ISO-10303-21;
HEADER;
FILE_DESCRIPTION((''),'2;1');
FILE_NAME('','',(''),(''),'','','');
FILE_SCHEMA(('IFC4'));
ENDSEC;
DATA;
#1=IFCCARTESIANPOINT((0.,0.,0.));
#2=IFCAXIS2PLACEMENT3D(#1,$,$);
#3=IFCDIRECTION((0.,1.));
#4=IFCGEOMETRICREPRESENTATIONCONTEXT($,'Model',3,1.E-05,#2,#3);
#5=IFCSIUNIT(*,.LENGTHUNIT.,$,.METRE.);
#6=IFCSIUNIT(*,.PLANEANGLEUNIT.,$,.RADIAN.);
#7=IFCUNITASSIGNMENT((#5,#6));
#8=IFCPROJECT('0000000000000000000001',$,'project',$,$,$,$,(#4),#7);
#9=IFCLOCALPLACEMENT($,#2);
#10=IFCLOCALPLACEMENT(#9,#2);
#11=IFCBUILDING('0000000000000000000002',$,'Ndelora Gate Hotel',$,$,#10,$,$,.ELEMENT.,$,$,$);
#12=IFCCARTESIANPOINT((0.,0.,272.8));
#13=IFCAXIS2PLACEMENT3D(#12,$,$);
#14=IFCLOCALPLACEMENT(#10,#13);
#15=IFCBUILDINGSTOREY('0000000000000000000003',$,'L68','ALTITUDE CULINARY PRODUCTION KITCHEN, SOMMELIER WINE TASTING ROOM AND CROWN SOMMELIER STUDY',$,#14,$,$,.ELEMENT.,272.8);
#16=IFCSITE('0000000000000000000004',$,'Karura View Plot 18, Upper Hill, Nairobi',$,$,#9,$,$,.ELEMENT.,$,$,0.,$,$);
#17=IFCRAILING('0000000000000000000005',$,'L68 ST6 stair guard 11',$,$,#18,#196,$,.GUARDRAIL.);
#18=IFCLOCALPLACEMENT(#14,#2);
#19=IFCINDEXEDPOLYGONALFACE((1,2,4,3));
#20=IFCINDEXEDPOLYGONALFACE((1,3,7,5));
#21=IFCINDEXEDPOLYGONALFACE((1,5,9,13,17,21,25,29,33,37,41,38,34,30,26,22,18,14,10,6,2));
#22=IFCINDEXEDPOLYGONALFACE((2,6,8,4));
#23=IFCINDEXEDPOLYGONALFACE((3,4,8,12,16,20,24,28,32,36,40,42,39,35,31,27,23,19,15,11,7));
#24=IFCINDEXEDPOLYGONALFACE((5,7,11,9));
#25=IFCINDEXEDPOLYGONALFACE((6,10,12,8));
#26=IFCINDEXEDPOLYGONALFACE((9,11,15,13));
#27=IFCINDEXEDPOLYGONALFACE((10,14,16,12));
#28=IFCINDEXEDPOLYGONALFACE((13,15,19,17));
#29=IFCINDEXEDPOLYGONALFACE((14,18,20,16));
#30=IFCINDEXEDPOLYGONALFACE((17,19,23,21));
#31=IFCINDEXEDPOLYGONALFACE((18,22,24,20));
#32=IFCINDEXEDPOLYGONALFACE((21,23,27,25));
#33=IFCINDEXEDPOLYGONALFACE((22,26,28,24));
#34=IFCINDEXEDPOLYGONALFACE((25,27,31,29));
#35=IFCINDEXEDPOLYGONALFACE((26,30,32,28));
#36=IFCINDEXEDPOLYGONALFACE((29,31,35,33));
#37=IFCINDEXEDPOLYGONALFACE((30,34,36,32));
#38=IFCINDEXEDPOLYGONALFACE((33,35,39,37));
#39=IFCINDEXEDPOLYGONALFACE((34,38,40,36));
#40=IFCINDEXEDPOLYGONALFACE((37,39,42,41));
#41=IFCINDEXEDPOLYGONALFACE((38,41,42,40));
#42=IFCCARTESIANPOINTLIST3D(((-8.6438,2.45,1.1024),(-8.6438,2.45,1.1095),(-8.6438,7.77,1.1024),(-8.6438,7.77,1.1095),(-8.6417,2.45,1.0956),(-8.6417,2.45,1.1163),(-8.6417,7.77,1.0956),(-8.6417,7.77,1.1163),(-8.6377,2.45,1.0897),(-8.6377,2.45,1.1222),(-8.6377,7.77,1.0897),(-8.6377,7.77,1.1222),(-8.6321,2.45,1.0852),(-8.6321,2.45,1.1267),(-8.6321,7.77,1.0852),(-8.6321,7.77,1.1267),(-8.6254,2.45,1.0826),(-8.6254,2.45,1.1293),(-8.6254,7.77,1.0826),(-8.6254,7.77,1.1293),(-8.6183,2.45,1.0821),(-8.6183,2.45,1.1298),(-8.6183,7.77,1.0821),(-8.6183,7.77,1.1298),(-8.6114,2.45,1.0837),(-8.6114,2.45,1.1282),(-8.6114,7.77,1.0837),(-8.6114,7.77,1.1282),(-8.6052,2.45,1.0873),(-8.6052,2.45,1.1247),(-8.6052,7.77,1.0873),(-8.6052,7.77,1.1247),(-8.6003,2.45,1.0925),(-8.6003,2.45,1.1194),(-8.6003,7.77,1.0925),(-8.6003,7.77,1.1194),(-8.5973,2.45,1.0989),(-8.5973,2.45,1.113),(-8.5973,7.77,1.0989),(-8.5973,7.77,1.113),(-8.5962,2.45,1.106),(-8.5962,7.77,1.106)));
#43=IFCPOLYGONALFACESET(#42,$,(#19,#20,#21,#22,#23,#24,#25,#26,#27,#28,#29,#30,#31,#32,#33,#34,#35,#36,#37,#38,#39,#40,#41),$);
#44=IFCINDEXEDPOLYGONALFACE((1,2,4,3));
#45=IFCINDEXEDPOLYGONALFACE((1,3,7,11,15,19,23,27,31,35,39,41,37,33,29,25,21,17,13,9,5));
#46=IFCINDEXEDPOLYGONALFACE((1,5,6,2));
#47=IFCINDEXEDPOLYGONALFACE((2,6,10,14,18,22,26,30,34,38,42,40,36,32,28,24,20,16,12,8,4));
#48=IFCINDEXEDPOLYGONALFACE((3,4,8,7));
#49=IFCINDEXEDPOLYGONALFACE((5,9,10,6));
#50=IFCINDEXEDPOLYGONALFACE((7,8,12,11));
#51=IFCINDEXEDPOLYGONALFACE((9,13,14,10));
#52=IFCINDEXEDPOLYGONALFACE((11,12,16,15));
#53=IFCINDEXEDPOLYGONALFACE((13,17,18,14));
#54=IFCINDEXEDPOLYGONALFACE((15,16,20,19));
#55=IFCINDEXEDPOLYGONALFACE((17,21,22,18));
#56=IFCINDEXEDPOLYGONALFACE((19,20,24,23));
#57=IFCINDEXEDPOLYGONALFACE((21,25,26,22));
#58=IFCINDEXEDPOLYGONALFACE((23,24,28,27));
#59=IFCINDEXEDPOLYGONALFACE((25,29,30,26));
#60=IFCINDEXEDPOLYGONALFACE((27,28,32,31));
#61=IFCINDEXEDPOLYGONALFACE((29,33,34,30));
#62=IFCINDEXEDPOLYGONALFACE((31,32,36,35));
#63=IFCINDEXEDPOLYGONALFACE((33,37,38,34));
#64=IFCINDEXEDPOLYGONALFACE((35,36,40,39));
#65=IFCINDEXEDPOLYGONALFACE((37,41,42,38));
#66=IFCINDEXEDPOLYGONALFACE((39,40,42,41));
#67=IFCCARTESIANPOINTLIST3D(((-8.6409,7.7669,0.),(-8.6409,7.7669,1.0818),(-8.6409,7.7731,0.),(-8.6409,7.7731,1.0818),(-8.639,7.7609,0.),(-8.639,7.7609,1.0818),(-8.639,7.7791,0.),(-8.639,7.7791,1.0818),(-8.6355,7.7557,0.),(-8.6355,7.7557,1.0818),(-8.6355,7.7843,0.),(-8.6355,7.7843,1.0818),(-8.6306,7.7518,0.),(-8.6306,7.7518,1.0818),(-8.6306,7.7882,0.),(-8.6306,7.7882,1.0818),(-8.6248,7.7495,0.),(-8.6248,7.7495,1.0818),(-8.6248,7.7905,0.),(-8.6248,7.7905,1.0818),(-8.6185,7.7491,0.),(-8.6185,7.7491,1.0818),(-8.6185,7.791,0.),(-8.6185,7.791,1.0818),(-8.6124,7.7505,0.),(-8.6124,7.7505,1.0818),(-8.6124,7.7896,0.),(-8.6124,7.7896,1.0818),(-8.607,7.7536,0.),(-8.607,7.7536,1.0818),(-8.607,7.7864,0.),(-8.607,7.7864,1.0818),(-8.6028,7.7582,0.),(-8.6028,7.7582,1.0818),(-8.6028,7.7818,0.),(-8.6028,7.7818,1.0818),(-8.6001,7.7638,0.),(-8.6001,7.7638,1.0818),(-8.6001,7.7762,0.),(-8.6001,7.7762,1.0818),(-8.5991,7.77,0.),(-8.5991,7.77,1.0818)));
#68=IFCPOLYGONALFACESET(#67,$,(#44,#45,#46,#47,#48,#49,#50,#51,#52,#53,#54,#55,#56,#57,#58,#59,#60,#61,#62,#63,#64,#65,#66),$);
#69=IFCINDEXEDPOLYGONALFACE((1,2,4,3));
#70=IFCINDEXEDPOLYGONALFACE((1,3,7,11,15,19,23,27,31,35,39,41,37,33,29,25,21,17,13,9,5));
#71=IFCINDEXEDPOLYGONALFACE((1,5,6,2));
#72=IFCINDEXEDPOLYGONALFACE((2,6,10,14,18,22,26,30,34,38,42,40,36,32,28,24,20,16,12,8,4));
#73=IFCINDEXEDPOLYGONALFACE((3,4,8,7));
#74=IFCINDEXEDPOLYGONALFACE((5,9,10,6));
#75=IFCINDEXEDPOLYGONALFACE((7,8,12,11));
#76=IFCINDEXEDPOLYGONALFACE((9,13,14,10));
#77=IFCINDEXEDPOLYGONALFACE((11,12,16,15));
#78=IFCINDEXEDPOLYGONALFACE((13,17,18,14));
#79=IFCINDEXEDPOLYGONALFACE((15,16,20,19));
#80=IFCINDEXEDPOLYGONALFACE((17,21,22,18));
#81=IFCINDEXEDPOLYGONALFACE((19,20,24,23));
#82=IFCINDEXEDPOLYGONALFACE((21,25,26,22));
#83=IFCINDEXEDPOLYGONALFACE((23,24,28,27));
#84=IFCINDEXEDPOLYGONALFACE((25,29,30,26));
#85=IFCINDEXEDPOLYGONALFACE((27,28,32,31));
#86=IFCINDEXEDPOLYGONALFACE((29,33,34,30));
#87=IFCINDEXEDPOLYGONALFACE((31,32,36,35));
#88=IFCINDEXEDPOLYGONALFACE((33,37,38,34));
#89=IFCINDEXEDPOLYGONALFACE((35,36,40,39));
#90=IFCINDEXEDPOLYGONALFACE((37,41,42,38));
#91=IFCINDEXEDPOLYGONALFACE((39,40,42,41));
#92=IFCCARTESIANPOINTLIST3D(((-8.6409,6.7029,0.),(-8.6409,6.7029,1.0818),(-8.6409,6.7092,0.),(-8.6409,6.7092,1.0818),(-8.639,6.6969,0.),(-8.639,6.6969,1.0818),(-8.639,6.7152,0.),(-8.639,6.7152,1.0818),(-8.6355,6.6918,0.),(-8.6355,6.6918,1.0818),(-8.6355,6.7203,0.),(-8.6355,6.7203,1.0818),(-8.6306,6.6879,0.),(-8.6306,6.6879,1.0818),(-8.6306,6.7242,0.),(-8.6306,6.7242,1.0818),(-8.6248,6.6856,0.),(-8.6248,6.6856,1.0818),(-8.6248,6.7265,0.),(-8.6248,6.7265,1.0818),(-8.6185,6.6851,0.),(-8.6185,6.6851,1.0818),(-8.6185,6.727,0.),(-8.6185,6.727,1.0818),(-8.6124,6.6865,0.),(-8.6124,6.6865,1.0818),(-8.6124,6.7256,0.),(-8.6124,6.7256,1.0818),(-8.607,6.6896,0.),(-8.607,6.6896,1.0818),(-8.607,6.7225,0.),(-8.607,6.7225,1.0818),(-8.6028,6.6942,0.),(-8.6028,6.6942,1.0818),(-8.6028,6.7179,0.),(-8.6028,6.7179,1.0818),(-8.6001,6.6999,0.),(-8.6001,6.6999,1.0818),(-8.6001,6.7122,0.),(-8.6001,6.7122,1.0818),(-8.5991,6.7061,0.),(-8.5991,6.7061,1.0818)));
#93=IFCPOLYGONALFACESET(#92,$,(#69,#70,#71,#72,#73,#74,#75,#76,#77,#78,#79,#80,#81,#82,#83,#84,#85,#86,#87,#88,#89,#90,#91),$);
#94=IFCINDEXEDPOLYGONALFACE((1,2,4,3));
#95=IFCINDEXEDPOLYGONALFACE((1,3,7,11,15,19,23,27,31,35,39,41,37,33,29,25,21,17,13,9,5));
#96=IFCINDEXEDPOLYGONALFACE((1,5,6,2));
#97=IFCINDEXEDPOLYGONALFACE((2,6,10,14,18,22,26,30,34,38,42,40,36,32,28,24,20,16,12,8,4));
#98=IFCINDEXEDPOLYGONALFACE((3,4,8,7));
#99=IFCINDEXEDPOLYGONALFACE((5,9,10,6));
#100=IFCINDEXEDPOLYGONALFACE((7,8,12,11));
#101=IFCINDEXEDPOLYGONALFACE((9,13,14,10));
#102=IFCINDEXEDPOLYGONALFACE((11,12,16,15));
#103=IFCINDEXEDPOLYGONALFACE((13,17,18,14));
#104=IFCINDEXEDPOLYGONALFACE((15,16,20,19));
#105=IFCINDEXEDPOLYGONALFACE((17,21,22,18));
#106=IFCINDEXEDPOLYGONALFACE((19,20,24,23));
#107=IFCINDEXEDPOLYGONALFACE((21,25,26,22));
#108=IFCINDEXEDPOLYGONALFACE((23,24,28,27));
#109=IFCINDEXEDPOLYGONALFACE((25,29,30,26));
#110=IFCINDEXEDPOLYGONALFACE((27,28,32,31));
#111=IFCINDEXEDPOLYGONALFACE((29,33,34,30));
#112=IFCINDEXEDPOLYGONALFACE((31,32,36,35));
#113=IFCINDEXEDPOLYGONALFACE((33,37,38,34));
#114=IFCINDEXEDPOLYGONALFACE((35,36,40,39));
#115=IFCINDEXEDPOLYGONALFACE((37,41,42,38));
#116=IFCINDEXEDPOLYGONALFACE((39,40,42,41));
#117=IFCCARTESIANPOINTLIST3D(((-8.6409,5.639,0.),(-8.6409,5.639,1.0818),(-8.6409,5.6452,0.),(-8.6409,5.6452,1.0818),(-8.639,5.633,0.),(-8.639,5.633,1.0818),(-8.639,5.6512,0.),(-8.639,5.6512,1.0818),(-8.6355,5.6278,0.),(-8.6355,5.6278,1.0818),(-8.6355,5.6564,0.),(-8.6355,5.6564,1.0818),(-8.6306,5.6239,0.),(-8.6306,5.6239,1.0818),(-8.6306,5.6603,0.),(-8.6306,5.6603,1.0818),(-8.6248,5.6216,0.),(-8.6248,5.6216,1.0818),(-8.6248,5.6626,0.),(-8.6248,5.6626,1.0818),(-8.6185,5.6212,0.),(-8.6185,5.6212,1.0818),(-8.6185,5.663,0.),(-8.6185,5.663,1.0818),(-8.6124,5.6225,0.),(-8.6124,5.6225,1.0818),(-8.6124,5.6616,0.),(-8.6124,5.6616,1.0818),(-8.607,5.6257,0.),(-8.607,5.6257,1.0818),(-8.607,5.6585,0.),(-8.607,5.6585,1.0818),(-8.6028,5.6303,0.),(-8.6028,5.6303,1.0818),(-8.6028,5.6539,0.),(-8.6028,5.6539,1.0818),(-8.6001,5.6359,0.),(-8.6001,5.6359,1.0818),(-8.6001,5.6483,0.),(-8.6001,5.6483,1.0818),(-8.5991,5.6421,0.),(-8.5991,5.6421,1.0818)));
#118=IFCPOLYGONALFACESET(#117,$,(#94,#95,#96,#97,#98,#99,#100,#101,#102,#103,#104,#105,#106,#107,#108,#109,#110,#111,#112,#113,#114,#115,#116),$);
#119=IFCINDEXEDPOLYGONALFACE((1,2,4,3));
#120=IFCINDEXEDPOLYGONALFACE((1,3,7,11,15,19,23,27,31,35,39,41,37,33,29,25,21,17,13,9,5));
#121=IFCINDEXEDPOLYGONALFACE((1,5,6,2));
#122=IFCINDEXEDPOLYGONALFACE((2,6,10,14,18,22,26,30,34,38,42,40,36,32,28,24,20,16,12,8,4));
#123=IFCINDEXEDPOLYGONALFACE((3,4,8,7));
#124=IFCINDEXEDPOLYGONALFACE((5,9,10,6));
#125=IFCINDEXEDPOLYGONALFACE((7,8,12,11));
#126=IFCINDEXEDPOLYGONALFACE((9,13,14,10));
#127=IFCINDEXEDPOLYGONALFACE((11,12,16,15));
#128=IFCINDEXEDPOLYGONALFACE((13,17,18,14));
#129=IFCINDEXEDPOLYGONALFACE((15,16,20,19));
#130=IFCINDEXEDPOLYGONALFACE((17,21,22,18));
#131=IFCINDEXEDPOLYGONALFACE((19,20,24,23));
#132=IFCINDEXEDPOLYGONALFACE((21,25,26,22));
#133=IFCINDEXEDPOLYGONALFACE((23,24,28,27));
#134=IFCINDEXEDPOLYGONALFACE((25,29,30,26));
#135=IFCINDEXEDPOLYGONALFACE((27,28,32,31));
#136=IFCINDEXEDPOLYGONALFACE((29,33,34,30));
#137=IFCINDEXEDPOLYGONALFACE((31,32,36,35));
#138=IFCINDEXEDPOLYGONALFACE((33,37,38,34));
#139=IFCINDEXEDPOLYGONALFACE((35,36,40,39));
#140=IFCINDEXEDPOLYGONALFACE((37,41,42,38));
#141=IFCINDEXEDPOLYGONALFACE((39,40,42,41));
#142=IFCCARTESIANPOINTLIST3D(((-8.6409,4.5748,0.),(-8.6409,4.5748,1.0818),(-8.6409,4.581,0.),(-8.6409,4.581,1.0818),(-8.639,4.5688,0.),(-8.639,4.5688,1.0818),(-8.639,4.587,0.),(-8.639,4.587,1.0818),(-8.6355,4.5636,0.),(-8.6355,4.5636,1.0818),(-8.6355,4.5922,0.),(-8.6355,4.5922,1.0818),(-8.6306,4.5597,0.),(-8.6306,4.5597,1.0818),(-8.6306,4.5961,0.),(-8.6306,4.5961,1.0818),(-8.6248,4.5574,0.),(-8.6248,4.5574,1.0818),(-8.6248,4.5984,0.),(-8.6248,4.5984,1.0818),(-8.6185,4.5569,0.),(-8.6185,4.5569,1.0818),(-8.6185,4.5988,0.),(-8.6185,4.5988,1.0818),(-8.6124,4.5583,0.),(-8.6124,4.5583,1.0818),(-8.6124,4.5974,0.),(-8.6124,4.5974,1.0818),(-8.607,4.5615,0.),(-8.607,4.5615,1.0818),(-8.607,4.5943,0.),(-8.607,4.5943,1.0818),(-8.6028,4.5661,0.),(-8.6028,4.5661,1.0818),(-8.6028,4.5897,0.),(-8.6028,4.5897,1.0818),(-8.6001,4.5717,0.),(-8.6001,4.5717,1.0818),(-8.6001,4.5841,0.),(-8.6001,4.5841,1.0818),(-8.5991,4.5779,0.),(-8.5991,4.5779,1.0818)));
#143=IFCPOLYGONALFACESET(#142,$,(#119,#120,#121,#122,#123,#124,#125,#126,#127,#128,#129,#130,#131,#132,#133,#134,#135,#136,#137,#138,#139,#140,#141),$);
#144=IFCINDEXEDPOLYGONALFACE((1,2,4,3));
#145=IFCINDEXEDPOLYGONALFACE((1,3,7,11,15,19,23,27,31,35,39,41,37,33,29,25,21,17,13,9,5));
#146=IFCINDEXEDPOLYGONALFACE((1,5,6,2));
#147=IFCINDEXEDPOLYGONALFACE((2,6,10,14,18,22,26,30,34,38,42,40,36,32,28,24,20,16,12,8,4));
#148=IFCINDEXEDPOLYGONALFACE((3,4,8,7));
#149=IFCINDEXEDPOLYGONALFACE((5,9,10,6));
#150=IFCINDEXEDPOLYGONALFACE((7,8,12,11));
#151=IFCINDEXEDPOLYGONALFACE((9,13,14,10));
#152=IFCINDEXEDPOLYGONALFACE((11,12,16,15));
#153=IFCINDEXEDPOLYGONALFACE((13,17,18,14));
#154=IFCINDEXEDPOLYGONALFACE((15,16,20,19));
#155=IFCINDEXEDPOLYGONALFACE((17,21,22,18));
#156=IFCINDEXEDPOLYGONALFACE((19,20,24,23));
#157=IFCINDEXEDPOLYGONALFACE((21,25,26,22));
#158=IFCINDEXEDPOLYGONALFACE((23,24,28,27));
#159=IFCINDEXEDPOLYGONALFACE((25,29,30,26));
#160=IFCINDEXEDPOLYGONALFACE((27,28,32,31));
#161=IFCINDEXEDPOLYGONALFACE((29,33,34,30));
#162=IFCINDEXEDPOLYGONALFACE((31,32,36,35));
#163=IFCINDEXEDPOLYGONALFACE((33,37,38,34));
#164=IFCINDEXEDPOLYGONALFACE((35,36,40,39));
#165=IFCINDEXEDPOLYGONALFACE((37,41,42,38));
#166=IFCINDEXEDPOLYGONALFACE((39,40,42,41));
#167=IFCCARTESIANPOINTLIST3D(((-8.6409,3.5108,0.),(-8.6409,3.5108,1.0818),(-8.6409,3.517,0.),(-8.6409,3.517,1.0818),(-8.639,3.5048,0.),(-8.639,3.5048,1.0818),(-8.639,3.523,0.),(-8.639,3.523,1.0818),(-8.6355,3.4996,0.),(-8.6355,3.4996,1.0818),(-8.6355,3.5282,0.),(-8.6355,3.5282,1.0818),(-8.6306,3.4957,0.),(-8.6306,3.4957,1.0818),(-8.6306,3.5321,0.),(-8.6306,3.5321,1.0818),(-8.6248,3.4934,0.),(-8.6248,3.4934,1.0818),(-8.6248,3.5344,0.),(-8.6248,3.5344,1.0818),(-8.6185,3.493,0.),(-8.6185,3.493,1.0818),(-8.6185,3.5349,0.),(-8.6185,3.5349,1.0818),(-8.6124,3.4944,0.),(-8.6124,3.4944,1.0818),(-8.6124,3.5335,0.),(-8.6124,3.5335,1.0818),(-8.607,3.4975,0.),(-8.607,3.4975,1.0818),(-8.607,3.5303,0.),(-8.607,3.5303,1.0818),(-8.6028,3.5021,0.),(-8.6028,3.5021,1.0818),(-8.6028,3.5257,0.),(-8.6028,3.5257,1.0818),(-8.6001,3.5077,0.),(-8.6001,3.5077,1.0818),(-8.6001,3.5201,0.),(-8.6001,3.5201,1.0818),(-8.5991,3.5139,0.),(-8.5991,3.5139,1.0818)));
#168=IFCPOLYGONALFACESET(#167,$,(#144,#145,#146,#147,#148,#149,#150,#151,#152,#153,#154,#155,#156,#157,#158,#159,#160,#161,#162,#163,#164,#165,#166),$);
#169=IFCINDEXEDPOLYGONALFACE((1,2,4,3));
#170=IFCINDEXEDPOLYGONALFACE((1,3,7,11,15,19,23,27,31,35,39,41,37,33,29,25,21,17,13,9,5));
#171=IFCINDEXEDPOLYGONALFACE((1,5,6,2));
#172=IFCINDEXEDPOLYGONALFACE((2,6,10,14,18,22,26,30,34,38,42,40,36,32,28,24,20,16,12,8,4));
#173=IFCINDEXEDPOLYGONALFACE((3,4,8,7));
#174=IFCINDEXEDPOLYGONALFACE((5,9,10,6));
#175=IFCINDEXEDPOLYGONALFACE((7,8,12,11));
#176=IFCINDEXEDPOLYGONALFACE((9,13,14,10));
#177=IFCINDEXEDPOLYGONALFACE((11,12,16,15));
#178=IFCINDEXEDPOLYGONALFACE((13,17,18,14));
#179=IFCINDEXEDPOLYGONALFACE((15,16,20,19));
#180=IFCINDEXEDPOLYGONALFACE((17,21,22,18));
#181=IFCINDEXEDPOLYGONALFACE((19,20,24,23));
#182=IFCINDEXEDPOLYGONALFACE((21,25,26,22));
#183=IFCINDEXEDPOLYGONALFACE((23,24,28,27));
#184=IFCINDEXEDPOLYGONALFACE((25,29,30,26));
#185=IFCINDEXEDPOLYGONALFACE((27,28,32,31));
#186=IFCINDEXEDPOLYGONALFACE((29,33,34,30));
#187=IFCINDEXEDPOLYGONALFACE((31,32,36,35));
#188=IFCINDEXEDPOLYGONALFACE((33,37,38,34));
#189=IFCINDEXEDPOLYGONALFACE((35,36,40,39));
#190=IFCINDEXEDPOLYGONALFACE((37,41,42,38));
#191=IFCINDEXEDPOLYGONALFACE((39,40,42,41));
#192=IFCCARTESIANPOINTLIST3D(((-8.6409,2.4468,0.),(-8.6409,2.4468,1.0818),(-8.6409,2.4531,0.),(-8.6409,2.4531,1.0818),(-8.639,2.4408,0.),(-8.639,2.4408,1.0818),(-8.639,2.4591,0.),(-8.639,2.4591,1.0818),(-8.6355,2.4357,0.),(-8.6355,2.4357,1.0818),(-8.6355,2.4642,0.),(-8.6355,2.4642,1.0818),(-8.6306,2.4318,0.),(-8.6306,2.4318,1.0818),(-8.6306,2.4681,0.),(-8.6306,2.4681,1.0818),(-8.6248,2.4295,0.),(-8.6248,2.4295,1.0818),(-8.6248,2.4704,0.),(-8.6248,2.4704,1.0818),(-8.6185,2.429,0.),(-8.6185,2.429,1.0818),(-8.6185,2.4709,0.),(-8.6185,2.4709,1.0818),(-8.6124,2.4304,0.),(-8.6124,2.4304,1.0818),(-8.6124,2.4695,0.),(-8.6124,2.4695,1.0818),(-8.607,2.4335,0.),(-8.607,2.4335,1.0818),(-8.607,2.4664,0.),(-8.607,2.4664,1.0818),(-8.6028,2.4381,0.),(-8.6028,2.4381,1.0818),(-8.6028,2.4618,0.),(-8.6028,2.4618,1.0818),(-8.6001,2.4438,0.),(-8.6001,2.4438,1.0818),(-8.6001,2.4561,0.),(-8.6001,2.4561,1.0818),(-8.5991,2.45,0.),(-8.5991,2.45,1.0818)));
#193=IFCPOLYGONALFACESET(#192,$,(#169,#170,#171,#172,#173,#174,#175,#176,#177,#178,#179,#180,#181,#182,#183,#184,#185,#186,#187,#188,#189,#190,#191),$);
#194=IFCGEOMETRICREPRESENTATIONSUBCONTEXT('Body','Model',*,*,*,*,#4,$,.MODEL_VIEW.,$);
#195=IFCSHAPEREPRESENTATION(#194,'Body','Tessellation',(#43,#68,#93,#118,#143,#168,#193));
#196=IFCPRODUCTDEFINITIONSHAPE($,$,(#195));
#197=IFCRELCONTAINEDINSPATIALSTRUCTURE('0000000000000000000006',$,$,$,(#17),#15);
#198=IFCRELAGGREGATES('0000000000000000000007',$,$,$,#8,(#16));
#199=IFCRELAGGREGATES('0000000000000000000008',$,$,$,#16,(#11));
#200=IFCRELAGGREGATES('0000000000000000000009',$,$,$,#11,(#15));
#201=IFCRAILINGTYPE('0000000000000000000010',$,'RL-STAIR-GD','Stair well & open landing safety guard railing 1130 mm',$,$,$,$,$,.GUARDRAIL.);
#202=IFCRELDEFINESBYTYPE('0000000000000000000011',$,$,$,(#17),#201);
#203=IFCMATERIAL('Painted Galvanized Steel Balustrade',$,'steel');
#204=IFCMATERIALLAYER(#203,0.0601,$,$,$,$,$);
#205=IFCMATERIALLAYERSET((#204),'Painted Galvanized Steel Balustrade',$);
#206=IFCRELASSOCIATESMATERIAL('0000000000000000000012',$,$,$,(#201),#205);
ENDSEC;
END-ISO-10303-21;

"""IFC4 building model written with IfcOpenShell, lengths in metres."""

from ifc_helpers import new_model, si_unit, direction, frame, origin, origin_2d, place, context, subcontext, project, spatial, circle, extrude, material, layer, layer_set, type_object, element, save


model = new_model("IFC4")

# Units and contexts
model_context = context("Model", 3, precision=1e-05, world=origin(), true_north=direction((0.0, 1.0)))
body_context = subcontext(model_context, "Body", "Model", "MODEL_VIEW")
ifc_project = project(units=[si_unit("LENGTHUNIT", "METRE"), si_unit("PLANEANGLEUNIT", "RADIAN")], contexts=[model_context])

# Site, building, storey
site_placement = place(None, origin())
site = spatial("IfcSite", under=ifc_project, at=site_placement, Name="Karura View Plot 18, Upper Hill, Nairobi", CompositionType="ELEMENT", RefElevation=0.0)
building_placement = place(site_placement, origin())
building = spatial("IfcBuilding", under=site, at=building_placement, Name="Ndelora Gate Hotel", CompositionType="ELEMENT")
storey_placement = place(building_placement, frame((0.0, 0.0, 272.8)))
storey = spatial("IfcBuildingStorey", under=building, at=storey_placement, Name="L68", Description="ALTITUDE CULINARY PRODUCTION KITCHEN, SOMMELIER WINE TASTING ROOM AND CROWN SOMMELIER STUDY", CompositionType="ELEMENT", Elevation=272.8)

# Railing
ifc_material_1 = material(Name="Painted Galvanized Steel Balustrade", Category="steel")
ifc_layer_1 = layer(ifc_material_1, 0.0601)
ifc_layer_set_1 = layer_set([ifc_layer_1], Name="Painted Galvanized Steel Balustrade")
railing_type = type_object("IfcRailingType", Name="RL-STAIR-GD", Description="Stair well & open landing safety guard railing 1130 mm", PredefinedType="GUARDRAIL", material=ifc_layer_set_1)
railing_1_placement = place(storey_placement, frame((-8.6201, 7.77, 0.0)))
element("IfcRailing", 1, at=railing_1_placement, inside=storey, type_object=railing_type, Name="L68 ST6 stair guard 11", PredefinedType="GUARDRAIL", context=body_context, shape_type="SweptSolid", body=[
    extrude(circle(Radius=0.0239, at=origin_2d()), frame((0.0, 0.0, 1.106), z_axis=(0.0, -1.0, 0.0), x_axis=(1.0, 0.0, 0.0)), (0.0, 0.0, 1.0), 5.3201),
    extrude(circle(Radius=0.021, at=origin_2d()), origin(), (0.0, 0.0, 1.0), 1.0818),
    extrude(circle(Radius=0.021, at=origin_2d()), frame((0.0, -1.064, 0.0)), (0.0, 0.0, 1.0), 1.0818),
    extrude(circle(Radius=0.021, at=origin_2d()), frame((0.0, -2.1279, 0.0)), (0.0, 0.0, 1.0), 1.0818),
    extrude(circle(Radius=0.021, at=origin_2d()), frame((0.0, -3.1921, 0.0)), (0.0, 0.0, 1.0), 1.0818),
    extrude(circle(Radius=0.021, at=origin_2d()), frame((0.0, -4.2561, 0.0)), (0.0, 0.0, 1.0), 1.0818),
    extrude(circle(Radius=0.021, at=origin_2d()), frame((0.0, -5.3201, 0.0)), (0.0, 0.0, 1.0), 1.0818),
])

save(model, "model.ifc")
